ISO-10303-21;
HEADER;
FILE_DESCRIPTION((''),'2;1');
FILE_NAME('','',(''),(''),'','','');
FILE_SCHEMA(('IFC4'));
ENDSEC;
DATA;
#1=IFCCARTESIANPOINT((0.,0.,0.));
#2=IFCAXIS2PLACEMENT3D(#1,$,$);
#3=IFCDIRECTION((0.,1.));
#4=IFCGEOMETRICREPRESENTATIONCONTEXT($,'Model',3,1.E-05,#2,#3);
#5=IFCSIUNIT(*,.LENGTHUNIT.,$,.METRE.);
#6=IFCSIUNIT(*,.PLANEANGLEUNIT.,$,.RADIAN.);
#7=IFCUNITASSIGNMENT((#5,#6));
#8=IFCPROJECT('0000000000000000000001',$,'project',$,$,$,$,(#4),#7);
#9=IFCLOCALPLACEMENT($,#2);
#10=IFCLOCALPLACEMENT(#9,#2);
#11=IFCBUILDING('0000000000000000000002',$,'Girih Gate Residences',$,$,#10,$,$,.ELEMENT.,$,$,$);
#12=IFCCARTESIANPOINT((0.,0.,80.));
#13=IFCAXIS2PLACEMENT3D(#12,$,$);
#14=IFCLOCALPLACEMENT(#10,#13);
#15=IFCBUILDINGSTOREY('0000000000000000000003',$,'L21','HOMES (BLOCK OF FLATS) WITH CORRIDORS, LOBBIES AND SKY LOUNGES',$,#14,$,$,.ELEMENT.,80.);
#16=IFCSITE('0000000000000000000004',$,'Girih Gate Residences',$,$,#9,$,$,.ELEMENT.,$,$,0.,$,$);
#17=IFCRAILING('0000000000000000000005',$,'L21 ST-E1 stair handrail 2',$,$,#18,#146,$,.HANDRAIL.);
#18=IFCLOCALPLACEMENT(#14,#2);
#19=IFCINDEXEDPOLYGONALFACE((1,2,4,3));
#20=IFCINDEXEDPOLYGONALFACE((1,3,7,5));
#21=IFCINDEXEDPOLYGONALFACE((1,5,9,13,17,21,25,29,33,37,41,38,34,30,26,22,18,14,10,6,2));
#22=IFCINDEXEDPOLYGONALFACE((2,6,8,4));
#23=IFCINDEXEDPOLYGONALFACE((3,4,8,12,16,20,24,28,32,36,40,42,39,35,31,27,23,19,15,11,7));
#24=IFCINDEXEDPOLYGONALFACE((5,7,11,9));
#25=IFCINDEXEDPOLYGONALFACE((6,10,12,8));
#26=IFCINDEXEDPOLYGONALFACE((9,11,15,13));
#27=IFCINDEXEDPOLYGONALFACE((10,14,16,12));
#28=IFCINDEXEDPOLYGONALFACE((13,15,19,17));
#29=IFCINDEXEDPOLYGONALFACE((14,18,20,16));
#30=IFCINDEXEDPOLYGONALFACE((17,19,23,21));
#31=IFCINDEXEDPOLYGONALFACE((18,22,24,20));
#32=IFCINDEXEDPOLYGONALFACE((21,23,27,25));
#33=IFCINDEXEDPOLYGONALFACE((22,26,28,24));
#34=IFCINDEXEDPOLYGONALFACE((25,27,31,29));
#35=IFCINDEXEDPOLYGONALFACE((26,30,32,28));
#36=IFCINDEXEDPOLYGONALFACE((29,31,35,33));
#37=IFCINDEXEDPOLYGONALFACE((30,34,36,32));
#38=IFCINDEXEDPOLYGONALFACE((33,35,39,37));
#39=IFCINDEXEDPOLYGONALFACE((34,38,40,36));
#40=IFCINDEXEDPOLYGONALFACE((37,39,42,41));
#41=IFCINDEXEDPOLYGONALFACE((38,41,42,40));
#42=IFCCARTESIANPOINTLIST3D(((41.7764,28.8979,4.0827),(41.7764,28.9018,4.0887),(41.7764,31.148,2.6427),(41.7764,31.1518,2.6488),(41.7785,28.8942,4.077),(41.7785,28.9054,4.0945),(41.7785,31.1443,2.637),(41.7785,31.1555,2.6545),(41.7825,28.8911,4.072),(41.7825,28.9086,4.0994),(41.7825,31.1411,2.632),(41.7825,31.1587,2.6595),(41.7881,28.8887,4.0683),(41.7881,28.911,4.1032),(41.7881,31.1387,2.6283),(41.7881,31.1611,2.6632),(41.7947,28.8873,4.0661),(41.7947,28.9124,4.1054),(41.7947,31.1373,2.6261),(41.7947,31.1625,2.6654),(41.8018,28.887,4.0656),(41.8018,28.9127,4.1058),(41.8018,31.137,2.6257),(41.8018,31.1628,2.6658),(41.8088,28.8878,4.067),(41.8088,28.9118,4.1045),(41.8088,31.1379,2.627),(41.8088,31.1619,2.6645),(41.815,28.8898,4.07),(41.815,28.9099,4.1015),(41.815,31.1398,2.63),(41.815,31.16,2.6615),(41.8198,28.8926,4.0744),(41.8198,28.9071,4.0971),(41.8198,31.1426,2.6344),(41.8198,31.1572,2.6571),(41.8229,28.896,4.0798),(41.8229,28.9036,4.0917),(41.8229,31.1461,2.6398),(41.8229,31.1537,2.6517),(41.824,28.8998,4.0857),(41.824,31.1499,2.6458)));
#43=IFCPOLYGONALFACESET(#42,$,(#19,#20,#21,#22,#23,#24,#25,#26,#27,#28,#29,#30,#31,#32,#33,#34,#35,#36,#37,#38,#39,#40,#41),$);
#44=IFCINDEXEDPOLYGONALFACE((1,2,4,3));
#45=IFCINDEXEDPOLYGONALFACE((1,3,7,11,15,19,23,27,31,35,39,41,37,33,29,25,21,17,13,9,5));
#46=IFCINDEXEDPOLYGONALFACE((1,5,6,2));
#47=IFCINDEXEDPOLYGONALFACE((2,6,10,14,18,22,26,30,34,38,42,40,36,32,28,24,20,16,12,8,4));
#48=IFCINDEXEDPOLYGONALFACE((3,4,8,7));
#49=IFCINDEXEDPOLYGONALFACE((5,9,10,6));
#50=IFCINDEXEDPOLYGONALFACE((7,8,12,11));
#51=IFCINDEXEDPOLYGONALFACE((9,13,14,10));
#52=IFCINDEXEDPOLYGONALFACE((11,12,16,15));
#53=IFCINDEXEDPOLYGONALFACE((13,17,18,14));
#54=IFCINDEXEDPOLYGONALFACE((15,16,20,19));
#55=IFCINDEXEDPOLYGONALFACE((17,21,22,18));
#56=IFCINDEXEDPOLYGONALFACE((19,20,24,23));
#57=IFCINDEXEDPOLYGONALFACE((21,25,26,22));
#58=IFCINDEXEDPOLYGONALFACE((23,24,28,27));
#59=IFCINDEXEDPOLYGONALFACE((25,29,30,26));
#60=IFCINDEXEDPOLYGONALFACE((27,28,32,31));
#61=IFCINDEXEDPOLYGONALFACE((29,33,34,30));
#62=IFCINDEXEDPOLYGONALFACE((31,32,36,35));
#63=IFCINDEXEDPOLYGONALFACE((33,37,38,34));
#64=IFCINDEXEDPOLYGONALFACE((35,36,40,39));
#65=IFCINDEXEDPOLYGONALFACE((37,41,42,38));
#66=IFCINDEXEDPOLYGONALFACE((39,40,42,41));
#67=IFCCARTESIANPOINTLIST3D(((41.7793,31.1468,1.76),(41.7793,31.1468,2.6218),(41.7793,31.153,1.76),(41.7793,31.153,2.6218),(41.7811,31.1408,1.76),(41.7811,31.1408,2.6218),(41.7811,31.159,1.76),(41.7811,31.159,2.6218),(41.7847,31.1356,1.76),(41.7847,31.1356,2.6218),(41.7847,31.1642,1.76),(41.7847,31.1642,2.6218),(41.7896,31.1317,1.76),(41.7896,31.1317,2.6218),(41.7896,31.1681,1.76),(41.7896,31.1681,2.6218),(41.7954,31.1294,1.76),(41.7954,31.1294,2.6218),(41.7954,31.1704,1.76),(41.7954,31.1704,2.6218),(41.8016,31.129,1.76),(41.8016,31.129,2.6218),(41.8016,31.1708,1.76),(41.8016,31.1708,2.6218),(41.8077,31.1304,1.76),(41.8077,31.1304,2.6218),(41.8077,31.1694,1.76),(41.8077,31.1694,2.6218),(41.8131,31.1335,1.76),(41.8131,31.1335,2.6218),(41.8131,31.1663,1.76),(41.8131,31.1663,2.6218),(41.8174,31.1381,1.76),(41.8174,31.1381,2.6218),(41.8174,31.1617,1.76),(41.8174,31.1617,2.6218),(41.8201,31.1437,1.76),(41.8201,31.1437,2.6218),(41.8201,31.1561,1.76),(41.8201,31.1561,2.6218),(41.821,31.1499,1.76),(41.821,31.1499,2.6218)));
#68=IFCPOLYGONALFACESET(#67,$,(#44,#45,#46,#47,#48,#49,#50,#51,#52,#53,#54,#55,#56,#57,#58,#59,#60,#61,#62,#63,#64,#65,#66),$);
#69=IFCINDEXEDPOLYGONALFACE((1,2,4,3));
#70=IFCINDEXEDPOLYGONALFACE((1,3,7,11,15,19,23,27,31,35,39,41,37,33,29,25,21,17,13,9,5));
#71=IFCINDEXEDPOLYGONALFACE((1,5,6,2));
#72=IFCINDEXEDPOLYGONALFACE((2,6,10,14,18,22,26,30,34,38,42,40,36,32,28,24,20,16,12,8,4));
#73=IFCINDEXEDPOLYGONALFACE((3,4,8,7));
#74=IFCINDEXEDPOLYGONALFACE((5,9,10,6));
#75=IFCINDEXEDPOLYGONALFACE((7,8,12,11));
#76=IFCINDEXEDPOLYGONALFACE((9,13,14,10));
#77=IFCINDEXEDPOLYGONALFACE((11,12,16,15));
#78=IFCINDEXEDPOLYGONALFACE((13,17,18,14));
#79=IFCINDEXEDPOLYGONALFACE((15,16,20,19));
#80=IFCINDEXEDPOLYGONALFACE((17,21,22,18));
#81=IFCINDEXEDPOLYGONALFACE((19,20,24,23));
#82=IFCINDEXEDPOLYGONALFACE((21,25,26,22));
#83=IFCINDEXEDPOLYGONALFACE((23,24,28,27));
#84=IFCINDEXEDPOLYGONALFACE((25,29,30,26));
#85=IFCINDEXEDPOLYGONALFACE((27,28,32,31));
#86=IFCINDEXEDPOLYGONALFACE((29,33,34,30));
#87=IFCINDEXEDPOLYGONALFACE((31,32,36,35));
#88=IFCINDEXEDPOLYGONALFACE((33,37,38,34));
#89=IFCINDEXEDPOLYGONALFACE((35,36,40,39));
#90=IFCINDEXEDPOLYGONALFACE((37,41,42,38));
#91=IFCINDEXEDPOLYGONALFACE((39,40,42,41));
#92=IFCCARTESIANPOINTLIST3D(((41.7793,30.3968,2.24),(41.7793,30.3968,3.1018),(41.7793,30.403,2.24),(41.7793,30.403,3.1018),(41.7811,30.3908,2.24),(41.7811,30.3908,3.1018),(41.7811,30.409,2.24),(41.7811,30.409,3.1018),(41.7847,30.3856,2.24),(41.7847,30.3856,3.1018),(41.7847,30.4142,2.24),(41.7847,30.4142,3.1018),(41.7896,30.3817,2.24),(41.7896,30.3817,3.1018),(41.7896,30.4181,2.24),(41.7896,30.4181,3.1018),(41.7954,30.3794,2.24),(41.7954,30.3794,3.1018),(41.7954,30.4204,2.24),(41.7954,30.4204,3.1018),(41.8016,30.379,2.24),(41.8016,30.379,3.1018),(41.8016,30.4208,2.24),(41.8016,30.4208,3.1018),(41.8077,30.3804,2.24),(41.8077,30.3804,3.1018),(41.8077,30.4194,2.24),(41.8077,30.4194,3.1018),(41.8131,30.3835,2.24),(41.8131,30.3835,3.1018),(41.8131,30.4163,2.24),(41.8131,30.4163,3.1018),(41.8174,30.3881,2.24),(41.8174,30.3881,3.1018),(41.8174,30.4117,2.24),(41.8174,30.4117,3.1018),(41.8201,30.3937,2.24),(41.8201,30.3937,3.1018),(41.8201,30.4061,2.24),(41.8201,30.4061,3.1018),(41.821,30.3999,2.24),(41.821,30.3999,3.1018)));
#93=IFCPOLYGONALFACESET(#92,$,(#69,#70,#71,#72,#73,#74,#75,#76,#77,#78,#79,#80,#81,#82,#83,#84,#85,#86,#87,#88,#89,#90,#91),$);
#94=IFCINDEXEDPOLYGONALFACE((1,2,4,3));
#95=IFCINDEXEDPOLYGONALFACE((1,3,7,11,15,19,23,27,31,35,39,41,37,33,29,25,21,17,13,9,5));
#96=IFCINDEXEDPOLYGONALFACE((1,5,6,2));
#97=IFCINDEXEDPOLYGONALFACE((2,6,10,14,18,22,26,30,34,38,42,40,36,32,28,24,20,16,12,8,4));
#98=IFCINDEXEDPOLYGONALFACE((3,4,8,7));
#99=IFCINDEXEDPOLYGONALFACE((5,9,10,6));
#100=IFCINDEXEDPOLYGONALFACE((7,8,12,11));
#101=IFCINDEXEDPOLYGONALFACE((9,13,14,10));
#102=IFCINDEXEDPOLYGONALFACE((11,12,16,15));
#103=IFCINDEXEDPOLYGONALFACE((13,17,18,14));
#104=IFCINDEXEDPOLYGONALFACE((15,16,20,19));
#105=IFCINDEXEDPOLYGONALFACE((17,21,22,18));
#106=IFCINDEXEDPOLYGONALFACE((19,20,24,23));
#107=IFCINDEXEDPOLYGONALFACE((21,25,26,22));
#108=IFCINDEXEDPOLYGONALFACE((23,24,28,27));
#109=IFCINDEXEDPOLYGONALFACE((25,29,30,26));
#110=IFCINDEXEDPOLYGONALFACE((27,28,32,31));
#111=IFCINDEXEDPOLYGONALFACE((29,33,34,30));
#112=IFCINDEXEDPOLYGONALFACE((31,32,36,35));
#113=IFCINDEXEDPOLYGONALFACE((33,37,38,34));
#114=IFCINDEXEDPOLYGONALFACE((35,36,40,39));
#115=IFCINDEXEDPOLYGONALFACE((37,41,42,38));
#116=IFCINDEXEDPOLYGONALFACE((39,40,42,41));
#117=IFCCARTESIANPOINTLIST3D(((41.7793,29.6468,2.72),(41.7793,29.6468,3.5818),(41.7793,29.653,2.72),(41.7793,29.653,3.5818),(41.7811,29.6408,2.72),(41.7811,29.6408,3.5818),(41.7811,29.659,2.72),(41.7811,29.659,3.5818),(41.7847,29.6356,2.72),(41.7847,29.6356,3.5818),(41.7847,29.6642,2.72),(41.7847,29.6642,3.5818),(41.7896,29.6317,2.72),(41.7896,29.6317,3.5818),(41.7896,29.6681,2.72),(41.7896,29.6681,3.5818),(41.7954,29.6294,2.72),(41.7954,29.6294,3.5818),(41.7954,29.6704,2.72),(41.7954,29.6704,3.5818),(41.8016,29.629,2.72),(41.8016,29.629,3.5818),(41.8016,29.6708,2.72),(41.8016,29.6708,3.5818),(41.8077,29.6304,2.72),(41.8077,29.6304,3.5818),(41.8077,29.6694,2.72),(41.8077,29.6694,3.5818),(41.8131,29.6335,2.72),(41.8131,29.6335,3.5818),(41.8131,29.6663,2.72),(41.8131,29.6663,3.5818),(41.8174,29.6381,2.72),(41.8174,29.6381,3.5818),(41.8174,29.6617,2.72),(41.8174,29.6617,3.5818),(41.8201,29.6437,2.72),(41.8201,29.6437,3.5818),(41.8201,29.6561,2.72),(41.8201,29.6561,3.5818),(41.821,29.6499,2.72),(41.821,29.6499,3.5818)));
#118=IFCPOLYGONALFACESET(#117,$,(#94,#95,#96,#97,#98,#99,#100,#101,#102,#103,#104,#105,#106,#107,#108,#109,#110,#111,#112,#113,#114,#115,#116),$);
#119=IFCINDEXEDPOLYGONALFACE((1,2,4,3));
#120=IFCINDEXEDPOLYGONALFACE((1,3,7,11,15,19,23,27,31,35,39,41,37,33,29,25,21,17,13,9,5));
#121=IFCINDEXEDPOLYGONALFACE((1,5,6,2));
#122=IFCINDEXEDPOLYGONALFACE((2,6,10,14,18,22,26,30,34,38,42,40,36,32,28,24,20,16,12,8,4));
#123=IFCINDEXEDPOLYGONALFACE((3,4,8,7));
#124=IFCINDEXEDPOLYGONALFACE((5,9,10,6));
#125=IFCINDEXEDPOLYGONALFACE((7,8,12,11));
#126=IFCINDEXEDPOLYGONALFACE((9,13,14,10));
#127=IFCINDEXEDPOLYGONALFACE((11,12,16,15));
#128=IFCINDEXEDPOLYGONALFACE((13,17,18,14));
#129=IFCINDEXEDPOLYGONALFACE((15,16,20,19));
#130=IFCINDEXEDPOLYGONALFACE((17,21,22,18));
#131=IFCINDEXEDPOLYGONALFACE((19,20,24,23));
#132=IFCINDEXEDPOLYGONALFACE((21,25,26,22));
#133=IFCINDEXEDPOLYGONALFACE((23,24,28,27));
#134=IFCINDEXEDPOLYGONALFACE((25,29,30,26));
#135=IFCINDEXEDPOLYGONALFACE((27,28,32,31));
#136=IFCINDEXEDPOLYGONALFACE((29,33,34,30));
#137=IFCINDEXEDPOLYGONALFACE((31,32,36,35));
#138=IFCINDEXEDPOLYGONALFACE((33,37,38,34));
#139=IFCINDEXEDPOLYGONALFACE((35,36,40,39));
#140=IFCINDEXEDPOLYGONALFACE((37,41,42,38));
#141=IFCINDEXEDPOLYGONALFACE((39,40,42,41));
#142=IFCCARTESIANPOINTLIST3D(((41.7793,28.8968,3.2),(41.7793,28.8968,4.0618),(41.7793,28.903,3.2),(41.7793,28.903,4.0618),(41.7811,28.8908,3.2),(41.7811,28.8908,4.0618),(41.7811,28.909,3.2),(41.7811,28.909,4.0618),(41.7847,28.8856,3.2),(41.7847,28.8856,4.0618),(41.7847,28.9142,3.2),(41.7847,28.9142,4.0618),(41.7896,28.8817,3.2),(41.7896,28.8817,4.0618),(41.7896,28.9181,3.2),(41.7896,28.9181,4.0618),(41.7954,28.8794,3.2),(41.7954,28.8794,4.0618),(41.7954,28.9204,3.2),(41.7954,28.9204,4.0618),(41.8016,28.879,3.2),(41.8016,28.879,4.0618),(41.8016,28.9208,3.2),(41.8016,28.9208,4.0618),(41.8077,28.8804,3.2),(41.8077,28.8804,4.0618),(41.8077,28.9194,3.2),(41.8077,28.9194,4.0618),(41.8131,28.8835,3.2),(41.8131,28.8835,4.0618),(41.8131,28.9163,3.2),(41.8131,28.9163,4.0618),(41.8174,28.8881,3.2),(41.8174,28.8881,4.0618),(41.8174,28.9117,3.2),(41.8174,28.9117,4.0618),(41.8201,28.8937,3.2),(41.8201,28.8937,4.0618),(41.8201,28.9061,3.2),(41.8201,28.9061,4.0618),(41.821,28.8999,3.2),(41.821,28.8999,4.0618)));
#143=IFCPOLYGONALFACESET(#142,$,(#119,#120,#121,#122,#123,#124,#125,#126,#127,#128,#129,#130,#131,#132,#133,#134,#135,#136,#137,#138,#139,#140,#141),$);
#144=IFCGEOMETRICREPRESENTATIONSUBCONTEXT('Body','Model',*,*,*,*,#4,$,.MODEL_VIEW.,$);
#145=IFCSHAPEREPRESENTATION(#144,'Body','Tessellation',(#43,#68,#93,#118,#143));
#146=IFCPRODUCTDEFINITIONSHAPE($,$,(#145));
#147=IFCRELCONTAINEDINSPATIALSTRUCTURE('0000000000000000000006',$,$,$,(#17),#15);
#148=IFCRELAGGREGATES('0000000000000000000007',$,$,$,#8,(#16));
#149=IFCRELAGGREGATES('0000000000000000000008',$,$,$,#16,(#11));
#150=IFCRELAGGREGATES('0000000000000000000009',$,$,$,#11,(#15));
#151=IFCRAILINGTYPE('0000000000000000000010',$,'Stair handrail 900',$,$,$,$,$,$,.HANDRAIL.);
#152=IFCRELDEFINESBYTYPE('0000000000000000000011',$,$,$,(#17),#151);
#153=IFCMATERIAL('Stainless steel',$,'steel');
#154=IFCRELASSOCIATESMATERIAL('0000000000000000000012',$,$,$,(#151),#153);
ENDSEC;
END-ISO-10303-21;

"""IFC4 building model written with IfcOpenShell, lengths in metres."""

from ifc_helpers import new_model, si_unit, direction, frame, origin, origin_2d, place, context, subcontext, project, spatial, circle, extrude, material, type_object, element, save


model = new_model("IFC4")

# Units and contexts
model_context = context("Model", 3, precision=1e-05, world=origin(), true_north=direction((0.0, 1.0)))
body_context = subcontext(model_context, "Body", "Model", "MODEL_VIEW")
ifc_project = project(units=[si_unit("LENGTHUNIT", "METRE"), si_unit("PLANEANGLEUNIT", "RADIAN")], contexts=[model_context])

# Site, building, storey
site_placement = place(None, origin())
site = spatial("IfcSite", under=ifc_project, at=site_placement, Name="Girih Gate Residences", CompositionType="ELEMENT", RefElevation=0.0)
building_placement = place(site_placement, origin())
building = spatial("IfcBuilding", under=site, at=building_placement, Name="Girih Gate Residences", CompositionType="ELEMENT")
storey_placement = place(building_placement, frame((0.0, 0.0, 80.0)))
storey = spatial("IfcBuildingStorey", under=building, at=storey_placement, Name="L21", Description="HOMES (BLOCK OF FLATS) WITH CORRIDORS, LOBBIES AND SKY LOUNGES", CompositionType="ELEMENT", Elevation=80.0)

# Railing
ifc_material_1 = material(Name="Stainless steel", Category="steel")
railing_type_1 = type_object("IfcRailingType", Name="Stair handrail 900", PredefinedType="HANDRAIL", material=ifc_material_1)
railing_1_placement = place(storey_placement, frame((41.8, 31.1499, 1.76)))
element("IfcRailing", 1, at=railing_1_placement, inside=storey, type_object=railing_type_1, Name="L21 ST-E1 stair handrail 2", PredefinedType="HANDRAIL", context=body_context, shape_type="SweptSolid", body=[
    extrude(circle(Radius=0.0239, at=origin_2d()), frame((0.0, 0.0, 0.8857), z_axis=(0.0, -0.842281, 0.539038), x_axis=(1.0, 0.0, 0.0)), (0.0, 0.0, 1.0), 2.6714),
    extrude(circle(Radius=0.021, at=origin_2d()), origin(), (0.0, 0.0, 1.0), 0.8618),
    extrude(circle(Radius=0.021, at=origin_2d()), frame((0.0, -0.75, 0.48)), (0.0, 0.0, 1.0), 0.8618),
    extrude(circle(Radius=0.021, at=origin_2d()), frame((0.0, -1.5, 0.96)), (0.0, 0.0, 1.0), 0.8618),
    extrude(circle(Radius=0.021, at=origin_2d()), frame((0.0, -2.25, 1.4399)), (0.0, 0.0, 1.0), 0.8618),
])

save(model, "model.ifc")
